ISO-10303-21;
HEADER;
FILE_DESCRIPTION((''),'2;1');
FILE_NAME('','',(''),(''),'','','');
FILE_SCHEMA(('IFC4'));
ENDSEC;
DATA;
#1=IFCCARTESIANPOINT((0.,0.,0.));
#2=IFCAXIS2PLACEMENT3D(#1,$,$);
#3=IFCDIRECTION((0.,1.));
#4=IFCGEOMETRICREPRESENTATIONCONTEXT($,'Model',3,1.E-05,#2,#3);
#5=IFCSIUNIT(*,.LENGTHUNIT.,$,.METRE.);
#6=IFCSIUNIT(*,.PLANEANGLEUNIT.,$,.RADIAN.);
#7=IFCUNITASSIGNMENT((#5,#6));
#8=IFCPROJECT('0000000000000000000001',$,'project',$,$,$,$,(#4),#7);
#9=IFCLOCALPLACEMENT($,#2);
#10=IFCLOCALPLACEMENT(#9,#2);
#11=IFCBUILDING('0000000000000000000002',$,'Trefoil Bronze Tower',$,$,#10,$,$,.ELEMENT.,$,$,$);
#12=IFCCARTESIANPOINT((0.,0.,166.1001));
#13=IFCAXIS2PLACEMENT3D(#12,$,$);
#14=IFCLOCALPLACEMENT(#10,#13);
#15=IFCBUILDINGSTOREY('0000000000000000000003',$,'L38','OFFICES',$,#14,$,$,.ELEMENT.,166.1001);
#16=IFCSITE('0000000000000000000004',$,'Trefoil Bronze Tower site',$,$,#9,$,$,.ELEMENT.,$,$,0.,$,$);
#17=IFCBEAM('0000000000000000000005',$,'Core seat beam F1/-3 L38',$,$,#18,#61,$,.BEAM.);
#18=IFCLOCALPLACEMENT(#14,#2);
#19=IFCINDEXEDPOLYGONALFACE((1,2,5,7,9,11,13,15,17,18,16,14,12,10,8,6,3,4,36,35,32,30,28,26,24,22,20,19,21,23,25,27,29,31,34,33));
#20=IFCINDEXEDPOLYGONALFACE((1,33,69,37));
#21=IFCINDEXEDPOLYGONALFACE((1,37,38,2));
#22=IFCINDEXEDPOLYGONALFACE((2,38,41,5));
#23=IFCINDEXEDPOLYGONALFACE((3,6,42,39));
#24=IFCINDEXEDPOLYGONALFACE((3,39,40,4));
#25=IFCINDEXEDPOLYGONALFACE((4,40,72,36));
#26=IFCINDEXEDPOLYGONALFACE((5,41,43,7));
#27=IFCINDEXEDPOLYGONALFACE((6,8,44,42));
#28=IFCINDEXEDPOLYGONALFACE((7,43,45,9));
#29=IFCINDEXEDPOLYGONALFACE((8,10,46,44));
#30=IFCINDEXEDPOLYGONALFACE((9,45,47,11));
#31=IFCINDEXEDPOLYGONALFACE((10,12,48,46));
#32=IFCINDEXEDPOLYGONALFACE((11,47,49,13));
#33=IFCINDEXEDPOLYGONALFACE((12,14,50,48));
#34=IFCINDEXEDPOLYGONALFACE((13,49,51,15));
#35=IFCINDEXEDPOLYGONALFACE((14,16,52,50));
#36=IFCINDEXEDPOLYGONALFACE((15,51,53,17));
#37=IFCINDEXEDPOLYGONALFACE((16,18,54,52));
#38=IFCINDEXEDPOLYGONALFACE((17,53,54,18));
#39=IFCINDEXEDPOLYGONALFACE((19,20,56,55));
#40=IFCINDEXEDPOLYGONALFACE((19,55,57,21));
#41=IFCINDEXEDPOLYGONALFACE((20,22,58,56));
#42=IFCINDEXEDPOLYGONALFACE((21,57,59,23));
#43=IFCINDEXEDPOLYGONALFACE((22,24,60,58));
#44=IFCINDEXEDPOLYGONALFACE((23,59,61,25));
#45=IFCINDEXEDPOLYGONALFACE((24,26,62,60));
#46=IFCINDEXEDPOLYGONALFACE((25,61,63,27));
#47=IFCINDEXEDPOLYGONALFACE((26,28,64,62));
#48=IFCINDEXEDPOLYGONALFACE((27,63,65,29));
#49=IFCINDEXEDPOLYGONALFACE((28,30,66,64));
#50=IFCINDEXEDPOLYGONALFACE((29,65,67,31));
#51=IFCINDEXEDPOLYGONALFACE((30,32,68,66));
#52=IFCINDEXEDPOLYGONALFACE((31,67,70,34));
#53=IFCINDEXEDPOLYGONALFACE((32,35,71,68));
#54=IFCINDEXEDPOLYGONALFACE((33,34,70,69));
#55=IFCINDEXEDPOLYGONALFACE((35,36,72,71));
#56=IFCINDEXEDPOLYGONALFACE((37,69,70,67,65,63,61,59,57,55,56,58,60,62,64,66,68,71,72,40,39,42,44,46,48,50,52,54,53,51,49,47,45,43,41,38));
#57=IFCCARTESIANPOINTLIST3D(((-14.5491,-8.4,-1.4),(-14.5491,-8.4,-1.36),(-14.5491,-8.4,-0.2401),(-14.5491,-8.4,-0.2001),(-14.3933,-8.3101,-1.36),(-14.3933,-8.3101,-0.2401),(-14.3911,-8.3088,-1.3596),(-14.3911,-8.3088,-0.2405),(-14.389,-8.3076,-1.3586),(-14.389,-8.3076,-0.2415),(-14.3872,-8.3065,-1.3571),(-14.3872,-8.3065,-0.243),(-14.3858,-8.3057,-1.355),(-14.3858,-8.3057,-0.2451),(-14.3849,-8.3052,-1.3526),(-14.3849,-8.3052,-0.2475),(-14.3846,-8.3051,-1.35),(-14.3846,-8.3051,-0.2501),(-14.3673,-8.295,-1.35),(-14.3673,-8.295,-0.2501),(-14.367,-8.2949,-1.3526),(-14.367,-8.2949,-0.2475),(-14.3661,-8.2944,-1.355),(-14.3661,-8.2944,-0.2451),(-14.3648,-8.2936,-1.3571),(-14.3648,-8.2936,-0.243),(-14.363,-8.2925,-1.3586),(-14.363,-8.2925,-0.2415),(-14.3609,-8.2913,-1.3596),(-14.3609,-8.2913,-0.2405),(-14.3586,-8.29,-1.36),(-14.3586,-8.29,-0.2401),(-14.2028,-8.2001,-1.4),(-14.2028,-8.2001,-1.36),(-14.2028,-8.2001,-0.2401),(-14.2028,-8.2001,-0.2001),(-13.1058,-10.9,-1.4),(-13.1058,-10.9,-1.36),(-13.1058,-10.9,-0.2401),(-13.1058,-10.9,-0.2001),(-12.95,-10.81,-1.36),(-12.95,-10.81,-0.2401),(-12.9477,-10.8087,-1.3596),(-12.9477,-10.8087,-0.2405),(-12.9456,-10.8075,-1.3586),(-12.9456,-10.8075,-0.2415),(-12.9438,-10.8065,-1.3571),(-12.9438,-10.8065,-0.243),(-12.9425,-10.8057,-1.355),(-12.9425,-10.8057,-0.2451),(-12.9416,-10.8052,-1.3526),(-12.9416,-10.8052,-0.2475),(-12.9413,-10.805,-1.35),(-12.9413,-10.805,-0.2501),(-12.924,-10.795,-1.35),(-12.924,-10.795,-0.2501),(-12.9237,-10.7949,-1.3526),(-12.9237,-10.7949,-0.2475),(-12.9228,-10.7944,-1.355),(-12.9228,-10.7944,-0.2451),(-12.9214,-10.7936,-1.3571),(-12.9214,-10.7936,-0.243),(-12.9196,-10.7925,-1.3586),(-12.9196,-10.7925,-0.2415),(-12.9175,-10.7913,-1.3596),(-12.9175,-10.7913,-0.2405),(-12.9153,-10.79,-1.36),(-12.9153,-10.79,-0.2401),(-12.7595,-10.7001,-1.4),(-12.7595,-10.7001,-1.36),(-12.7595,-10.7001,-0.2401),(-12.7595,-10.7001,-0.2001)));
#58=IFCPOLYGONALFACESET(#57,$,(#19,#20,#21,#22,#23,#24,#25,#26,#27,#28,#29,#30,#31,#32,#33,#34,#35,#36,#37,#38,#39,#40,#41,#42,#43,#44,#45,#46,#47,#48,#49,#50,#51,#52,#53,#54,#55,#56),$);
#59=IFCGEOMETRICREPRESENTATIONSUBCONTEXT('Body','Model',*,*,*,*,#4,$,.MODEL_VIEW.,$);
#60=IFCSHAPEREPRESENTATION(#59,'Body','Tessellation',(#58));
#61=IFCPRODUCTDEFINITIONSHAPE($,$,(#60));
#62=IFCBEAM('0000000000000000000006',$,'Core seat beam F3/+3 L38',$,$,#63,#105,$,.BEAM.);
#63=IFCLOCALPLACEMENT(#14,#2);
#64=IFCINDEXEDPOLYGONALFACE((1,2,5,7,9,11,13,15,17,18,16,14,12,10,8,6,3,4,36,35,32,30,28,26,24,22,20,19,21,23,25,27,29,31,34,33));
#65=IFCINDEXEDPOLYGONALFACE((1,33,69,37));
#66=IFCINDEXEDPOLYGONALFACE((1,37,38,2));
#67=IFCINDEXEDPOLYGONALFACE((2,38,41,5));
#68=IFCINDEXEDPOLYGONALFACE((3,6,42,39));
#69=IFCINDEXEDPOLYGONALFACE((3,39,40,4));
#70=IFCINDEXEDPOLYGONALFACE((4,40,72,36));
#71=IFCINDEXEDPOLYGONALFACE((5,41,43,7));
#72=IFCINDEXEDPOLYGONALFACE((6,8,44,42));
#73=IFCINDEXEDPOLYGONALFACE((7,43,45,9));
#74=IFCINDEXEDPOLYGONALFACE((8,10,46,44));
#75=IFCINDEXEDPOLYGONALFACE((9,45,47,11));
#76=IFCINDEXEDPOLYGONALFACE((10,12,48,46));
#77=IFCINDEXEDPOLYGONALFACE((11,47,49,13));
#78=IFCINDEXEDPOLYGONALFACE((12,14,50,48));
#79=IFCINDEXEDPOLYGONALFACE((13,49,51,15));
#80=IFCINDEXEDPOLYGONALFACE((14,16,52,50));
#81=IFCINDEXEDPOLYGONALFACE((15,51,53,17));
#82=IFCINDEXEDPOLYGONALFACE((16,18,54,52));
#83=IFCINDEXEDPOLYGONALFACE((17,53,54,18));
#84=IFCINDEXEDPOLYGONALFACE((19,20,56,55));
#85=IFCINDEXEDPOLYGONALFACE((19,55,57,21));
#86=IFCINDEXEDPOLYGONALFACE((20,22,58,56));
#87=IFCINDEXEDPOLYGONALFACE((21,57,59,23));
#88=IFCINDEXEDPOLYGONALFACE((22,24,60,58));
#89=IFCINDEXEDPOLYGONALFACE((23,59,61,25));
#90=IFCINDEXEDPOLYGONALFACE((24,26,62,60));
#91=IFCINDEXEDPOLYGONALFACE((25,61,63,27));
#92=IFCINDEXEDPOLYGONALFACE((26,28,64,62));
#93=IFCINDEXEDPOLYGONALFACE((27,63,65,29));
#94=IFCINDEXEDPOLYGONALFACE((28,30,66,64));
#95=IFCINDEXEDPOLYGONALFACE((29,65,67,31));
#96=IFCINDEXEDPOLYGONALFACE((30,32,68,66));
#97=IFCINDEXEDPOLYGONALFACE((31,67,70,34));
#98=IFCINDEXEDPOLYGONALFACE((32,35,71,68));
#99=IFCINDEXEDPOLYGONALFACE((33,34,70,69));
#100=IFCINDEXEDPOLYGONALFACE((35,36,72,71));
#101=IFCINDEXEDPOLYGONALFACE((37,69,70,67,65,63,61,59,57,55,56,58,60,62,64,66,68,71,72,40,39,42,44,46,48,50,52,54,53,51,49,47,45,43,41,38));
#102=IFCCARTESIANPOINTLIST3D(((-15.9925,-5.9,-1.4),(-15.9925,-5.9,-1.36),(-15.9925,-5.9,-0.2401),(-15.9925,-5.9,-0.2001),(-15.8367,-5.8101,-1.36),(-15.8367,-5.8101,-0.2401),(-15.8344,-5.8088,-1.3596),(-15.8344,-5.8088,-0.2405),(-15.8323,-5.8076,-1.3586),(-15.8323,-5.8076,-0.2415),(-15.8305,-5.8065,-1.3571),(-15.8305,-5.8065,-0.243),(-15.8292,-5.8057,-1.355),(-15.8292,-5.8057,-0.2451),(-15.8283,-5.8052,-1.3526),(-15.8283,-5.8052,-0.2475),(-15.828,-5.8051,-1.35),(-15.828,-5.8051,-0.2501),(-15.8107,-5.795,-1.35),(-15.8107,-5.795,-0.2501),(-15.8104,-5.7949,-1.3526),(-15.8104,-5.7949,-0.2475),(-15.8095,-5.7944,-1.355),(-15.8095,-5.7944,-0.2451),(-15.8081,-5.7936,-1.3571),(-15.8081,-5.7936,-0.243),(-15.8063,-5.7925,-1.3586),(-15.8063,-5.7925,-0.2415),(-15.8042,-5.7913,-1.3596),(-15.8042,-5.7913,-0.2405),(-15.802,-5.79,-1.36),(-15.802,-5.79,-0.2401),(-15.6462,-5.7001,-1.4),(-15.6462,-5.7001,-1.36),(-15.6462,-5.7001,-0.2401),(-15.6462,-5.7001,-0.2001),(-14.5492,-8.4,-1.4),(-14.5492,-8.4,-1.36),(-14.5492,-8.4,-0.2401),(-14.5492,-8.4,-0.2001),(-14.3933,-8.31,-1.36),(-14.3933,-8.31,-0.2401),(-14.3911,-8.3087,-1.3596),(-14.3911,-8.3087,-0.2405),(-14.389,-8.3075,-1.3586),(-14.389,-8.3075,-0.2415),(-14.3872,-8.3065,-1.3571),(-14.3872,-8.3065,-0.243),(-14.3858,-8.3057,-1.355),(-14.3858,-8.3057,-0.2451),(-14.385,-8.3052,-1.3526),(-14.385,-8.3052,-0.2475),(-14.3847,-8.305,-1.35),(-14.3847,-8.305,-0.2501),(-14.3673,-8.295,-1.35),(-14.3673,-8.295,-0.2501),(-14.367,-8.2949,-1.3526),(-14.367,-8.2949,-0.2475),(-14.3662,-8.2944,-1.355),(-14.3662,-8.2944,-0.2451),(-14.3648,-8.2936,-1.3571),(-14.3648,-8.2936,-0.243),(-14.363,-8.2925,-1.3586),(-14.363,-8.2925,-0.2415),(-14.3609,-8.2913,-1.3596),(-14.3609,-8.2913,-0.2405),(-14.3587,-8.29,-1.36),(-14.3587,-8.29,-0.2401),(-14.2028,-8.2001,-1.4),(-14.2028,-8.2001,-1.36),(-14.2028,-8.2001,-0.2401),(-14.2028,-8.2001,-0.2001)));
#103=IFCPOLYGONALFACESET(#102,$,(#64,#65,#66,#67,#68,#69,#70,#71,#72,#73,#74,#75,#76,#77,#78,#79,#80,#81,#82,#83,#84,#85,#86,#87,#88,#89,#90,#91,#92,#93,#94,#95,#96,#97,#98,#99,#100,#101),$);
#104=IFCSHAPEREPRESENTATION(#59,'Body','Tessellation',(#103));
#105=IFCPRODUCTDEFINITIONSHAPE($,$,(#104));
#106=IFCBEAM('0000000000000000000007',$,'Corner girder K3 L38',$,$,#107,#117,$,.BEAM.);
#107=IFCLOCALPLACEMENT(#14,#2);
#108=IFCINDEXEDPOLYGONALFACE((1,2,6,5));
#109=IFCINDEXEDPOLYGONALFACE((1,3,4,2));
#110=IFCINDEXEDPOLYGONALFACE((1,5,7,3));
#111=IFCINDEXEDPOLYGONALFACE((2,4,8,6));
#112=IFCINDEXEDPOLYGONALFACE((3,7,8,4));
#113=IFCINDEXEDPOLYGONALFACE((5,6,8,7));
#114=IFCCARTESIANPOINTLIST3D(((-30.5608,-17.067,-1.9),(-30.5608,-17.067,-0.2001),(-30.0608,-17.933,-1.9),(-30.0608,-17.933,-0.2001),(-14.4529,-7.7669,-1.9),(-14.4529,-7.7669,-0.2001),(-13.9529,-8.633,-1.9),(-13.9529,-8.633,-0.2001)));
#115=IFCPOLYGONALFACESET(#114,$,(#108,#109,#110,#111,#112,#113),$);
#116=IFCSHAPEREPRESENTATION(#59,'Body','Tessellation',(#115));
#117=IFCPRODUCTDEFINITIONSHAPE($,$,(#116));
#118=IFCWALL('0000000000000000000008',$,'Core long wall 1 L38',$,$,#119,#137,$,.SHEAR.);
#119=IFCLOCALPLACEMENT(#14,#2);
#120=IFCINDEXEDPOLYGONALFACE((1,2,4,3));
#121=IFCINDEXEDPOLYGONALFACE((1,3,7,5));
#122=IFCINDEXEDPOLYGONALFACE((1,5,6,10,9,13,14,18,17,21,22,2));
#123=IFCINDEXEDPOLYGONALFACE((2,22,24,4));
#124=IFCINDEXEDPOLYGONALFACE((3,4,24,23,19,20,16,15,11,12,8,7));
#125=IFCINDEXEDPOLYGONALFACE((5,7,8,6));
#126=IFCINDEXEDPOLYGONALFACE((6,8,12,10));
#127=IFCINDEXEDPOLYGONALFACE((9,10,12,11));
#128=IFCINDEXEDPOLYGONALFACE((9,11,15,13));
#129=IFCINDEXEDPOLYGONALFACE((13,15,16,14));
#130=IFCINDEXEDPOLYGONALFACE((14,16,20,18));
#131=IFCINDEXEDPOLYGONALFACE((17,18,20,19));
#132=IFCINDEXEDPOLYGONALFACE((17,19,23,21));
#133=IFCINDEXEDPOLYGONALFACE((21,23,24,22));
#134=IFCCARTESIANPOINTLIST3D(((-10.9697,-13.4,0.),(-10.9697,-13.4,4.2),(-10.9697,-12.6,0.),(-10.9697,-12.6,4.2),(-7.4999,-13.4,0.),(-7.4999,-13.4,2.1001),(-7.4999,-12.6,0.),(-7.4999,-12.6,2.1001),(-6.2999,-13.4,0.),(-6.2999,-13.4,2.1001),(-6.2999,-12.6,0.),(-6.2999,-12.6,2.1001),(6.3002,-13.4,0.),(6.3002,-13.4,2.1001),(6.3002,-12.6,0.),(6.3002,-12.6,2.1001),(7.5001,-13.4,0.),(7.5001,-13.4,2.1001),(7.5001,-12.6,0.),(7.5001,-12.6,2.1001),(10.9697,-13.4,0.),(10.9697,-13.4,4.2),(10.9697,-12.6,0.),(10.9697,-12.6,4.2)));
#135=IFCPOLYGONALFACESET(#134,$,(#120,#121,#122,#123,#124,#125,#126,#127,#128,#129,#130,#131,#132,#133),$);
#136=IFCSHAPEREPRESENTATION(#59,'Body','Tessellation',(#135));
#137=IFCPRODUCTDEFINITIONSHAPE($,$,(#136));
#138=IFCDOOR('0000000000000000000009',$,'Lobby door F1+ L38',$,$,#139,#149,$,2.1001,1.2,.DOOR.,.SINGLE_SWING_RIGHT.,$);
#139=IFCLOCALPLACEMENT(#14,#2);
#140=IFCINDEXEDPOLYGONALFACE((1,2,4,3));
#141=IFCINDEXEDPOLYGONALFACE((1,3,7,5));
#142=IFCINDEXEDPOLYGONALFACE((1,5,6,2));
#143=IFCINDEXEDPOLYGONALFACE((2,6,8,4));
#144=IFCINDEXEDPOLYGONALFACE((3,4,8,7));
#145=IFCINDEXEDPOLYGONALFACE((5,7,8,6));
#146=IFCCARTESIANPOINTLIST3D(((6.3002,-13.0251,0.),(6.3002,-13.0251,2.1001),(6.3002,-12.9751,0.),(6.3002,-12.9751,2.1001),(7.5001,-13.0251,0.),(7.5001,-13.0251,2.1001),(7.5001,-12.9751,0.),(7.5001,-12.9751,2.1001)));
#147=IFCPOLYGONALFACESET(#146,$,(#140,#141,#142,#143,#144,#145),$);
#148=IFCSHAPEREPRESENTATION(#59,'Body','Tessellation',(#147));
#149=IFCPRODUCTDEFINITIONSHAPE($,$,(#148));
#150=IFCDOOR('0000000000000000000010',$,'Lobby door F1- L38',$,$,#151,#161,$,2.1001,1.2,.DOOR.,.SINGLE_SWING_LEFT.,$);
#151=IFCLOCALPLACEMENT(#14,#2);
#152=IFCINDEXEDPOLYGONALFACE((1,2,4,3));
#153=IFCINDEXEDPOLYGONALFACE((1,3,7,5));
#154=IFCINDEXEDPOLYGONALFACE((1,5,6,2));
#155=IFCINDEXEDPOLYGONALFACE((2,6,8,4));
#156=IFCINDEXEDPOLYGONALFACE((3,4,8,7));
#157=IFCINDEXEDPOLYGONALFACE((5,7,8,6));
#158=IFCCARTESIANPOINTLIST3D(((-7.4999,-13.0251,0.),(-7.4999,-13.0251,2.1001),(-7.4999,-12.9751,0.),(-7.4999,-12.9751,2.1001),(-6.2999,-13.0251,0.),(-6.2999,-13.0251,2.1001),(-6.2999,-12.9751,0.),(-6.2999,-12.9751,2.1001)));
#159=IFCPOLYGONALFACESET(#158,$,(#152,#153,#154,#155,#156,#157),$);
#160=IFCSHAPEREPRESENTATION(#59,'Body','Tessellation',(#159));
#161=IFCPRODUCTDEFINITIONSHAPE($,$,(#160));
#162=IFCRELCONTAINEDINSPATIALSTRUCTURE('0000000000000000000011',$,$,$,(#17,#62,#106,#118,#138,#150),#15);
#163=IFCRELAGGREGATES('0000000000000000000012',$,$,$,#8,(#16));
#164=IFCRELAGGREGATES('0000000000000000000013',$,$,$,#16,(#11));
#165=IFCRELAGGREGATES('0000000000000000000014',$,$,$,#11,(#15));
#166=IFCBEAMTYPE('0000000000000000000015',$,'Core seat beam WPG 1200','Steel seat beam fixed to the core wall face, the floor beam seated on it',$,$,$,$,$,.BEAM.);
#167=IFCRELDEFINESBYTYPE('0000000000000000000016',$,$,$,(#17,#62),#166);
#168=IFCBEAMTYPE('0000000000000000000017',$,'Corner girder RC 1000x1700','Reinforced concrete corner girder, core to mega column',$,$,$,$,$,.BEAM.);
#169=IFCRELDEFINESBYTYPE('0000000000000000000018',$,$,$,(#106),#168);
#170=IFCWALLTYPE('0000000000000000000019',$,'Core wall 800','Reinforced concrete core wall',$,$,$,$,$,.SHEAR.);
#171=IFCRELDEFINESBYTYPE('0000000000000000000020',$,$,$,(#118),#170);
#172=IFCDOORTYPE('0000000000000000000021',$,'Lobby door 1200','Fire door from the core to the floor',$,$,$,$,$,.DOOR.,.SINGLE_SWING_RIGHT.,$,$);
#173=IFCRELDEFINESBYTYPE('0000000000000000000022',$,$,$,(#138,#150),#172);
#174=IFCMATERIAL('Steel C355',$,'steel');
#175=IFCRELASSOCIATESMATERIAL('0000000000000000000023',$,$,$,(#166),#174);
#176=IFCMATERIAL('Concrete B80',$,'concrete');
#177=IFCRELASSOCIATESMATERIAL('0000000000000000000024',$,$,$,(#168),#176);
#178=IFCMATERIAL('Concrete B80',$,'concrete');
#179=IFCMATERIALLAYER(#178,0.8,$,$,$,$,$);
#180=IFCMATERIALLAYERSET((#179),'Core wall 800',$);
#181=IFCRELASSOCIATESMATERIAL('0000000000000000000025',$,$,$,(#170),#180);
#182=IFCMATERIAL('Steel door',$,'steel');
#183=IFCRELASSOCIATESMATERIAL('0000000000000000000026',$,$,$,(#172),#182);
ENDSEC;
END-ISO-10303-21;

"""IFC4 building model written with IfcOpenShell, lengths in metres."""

from ifc_helpers import new_model, si_unit, direction, frame, frame_2d, origin, origin_2d, place, context, subcontext, project, spatial, rectangle, i_section, extrude, material, layer, layer_set, material_profile, profile_set, type_object, element, fill, save


model = new_model("IFC4")

# Units and contexts
model_context = context("Model", 3, precision=1e-05, world=origin(), true_north=direction((0.0, 1.0)))
body_context = subcontext(model_context, "Body", "Model", "MODEL_VIEW")
ifc_project = project(units=[si_unit("LENGTHUNIT", "METRE"), si_unit("PLANEANGLEUNIT", "RADIAN")], contexts=[model_context])

# Site, building, storey
site_placement = place(None, origin())
site = spatial("IfcSite", under=ifc_project, at=site_placement, Name="Trefoil Bronze Tower site", CompositionType="ELEMENT", RefElevation=0.0)
building_placement = place(site_placement, origin())
building = spatial("IfcBuilding", under=site, at=building_placement, Name="Trefoil Bronze Tower", CompositionType="ELEMENT")
storey_placement = place(building_placement, frame((0.0, 0.0, 166.1001)))
storey = spatial("IfcBuildingStorey", under=building, at=storey_placement, Name="L38", Description="OFFICES", CompositionType="ELEMENT", Elevation=166.1001)

# Beams
ifc_material_1 = material(Name="Steel C355", Category="steel")
ifc_material_profile_1 = material_profile(ifc_material_1, i_section(OverallWidth=0.3999, OverallDepth=1.2, WebThickness=0.02, FlangeThickness=0.04, FilletRadius=0.01, at=origin_2d()), Name="WPG 1200")
ifc_profile_set_1 = profile_set([ifc_material_profile_1], Name="Steel C355")
beam_type_1 = type_object("IfcBeamType", Name="Core seat beam WPG 1200", Description="Steel seat beam fixed to the core wall face, the floor beam seated on it", PredefinedType="BEAM", material=ifc_profile_set_1)
for number, where, z_axis, x_axis, name in (
    (1, (-14.376, -8.3, -0.8), (0.499996, -0.866028, 0.0), (0.866028, 0.499996, 0.0), "Core seat beam F1/-3 L38"),
    (2, (-15.8193, -5.8, -0.8), (0.499996, -0.866028, 0.0), (0.866028, 0.499996, 0.0), "Core seat beam F3/+3 L38"),
):
    element("IfcBeam", number, at=place(storey_placement, frame(where, z_axis=z_axis, x_axis=x_axis)), inside=storey, type_object=beam_type_1, Name=name, PredefinedType="BEAM", context=body_context, shape_type="SweptSolid", body=[
        extrude(i_section(OverallWidth=0.3999, OverallDepth=1.2, WebThickness=0.02, FlangeThickness=0.04, FilletRadius=0.01, at=origin_2d()), origin(), (0.0, 0.0, 1.0), 2.8867),
    ])
ifc_material_2 = material(Name="Concrete B80", Category="concrete")
ifc_material_profile_2 = material_profile(ifc_material_2, rectangle(XDim=1.0, YDim=1.7, at=origin_2d()), Name="RC 1000x1700")
ifc_profile_set_2 = profile_set([ifc_material_profile_2], Name="Concrete B80")
beam_type_2 = type_object("IfcBeamType", Name="Corner girder RC 1000x1700", Description="Reinforced concrete corner girder, core to mega column", PredefinedType="BEAM", material=ifc_profile_set_2)
beam_placement = place(storey_placement, frame((-14.2029, -8.2, -1.05), z_axis=(-0.866022, -0.500006, 0.0), x_axis=(0.500006, -0.866022, 0.0)))
element("IfcBeam", 3, at=beam_placement, inside=storey, type_object=beam_type_2, Name="Corner girder K3 L38", PredefinedType="BEAM", context=body_context, shape_type="SweptSolid", body=[
    extrude(rectangle(XDim=1.0, YDim=1.7, at=origin_2d()), origin(), (0.0, 0.0, 1.0), 18.5999),
])

# Wall, openings, doors
ifc_material_3 = material(Name="Concrete B80", Category="concrete")
ifc_layer_1 = layer(ifc_material_3, 0.8)
ifc_layer_set_1 = layer_set([ifc_layer_1], Name="Core wall 800")
wall_type_1 = type_object("IfcWallType", Name="Core wall 800", Description="Reinforced concrete core wall", PredefinedType="SHEAR", material=ifc_layer_set_1)
wall_1_placement = place(storey_placement, frame((-10.9697, -13.0, 0.0), z_axis=(0.0, 0.0, 1.0), x_axis=(1.0, 0.0, 0.0)))
wall_1 = element("IfcWall", 4, at=wall_1_placement, inside=storey, type_object=wall_type_1, Name="Core long wall 1 L38", PredefinedType="SHEAR", context=body_context, shape_type="SweptSolid", body=[
    extrude(rectangle(XDim=21.9395, YDim=0.8, at=frame_2d((10.9697, 0.0))), origin(), (0.0, 0.0, 1.0), 4.2),
])
opening_1_placement = place(wall_1_placement, frame((17.2698, 0.0, 0.0)))
opening_1 = element("IfcOpeningElement", 5, at=opening_1_placement, cuts=wall_1, PredefinedType="OPENING", context=body_context, shape_type="SweptSolid", body=[
    extrude(rectangle(XDim=1.2, YDim=2.1001, at=frame_2d((0.6001, 1.05))), frame((0.0, 0.4099, 0.0), z_axis=(0.0, -1.0, 0.0), x_axis=(1.0, 0.0, 0.0)), (0.0, 0.0, 1.0), 0.8201),
])
opening_2_placement = place(wall_1_placement, frame((3.4697, 0.0, 0.0)))
opening_2 = element("IfcOpeningElement", 6, at=opening_2_placement, cuts=wall_1, PredefinedType="OPENING", context=body_context, shape_type="SweptSolid", body=[
    extrude(rectangle(XDim=1.2, YDim=2.1001, at=frame_2d((0.6001, 1.05))), frame((0.0, 0.4099, 0.0), z_axis=(0.0, -1.0, 0.0), x_axis=(1.0, 0.0, 0.0)), (0.0, 0.0, 1.0), 0.8201),
])
ifc_material_4 = material(Name="Steel door", Category="steel")
door_type_1 = type_object("IfcDoorType", Name="Lobby door 1200", Description="Fire door from the core to the floor", OperationType="SINGLE_SWING_RIGHT", PredefinedType="DOOR", material=ifc_material_4)
door_1_placement = place(opening_1_placement, origin())
door_1 = element("IfcDoor", 7, at=door_1_placement, inside=storey, type_object=door_type_1, Name="Lobby door F1+ L38", OperationType="SINGLE_SWING_RIGHT", OverallHeight=2.1001, OverallWidth=1.2, PredefinedType="DOOR", context=body_context, shape_type="SweptSolid", body=[
    extrude(rectangle(XDim=1.2, YDim=2.1001, at=frame_2d((0.6001, 1.05))), frame((0.0, 0.0249, 0.0), z_axis=(0.0, -1.0, 0.0), x_axis=(1.0, 0.0, 0.0)), (0.0, 0.0, 1.0), 0.05),
])
fill(opening_1, door_1)
door_2_placement = place(opening_2_placement, origin())
door_2 = element("IfcDoor", 8, at=door_2_placement, inside=storey, type_object=door_type_1, Name="Lobby door F1- L38", OperationType="SINGLE_SWING_LEFT", OverallHeight=2.1001, OverallWidth=1.2, PredefinedType="DOOR", context=body_context, shape_type="SweptSolid", body=[
    extrude(rectangle(XDim=1.2, YDim=2.1001, at=frame_2d((0.6001, 1.05))), frame((0.0, 0.0249, 0.0), z_axis=(0.0, -1.0, 0.0), x_axis=(1.0, 0.0, 0.0)), (0.0, 0.0, 1.0), 0.05),
])
fill(opening_2, door_2)

save(model, "model.ifc")
